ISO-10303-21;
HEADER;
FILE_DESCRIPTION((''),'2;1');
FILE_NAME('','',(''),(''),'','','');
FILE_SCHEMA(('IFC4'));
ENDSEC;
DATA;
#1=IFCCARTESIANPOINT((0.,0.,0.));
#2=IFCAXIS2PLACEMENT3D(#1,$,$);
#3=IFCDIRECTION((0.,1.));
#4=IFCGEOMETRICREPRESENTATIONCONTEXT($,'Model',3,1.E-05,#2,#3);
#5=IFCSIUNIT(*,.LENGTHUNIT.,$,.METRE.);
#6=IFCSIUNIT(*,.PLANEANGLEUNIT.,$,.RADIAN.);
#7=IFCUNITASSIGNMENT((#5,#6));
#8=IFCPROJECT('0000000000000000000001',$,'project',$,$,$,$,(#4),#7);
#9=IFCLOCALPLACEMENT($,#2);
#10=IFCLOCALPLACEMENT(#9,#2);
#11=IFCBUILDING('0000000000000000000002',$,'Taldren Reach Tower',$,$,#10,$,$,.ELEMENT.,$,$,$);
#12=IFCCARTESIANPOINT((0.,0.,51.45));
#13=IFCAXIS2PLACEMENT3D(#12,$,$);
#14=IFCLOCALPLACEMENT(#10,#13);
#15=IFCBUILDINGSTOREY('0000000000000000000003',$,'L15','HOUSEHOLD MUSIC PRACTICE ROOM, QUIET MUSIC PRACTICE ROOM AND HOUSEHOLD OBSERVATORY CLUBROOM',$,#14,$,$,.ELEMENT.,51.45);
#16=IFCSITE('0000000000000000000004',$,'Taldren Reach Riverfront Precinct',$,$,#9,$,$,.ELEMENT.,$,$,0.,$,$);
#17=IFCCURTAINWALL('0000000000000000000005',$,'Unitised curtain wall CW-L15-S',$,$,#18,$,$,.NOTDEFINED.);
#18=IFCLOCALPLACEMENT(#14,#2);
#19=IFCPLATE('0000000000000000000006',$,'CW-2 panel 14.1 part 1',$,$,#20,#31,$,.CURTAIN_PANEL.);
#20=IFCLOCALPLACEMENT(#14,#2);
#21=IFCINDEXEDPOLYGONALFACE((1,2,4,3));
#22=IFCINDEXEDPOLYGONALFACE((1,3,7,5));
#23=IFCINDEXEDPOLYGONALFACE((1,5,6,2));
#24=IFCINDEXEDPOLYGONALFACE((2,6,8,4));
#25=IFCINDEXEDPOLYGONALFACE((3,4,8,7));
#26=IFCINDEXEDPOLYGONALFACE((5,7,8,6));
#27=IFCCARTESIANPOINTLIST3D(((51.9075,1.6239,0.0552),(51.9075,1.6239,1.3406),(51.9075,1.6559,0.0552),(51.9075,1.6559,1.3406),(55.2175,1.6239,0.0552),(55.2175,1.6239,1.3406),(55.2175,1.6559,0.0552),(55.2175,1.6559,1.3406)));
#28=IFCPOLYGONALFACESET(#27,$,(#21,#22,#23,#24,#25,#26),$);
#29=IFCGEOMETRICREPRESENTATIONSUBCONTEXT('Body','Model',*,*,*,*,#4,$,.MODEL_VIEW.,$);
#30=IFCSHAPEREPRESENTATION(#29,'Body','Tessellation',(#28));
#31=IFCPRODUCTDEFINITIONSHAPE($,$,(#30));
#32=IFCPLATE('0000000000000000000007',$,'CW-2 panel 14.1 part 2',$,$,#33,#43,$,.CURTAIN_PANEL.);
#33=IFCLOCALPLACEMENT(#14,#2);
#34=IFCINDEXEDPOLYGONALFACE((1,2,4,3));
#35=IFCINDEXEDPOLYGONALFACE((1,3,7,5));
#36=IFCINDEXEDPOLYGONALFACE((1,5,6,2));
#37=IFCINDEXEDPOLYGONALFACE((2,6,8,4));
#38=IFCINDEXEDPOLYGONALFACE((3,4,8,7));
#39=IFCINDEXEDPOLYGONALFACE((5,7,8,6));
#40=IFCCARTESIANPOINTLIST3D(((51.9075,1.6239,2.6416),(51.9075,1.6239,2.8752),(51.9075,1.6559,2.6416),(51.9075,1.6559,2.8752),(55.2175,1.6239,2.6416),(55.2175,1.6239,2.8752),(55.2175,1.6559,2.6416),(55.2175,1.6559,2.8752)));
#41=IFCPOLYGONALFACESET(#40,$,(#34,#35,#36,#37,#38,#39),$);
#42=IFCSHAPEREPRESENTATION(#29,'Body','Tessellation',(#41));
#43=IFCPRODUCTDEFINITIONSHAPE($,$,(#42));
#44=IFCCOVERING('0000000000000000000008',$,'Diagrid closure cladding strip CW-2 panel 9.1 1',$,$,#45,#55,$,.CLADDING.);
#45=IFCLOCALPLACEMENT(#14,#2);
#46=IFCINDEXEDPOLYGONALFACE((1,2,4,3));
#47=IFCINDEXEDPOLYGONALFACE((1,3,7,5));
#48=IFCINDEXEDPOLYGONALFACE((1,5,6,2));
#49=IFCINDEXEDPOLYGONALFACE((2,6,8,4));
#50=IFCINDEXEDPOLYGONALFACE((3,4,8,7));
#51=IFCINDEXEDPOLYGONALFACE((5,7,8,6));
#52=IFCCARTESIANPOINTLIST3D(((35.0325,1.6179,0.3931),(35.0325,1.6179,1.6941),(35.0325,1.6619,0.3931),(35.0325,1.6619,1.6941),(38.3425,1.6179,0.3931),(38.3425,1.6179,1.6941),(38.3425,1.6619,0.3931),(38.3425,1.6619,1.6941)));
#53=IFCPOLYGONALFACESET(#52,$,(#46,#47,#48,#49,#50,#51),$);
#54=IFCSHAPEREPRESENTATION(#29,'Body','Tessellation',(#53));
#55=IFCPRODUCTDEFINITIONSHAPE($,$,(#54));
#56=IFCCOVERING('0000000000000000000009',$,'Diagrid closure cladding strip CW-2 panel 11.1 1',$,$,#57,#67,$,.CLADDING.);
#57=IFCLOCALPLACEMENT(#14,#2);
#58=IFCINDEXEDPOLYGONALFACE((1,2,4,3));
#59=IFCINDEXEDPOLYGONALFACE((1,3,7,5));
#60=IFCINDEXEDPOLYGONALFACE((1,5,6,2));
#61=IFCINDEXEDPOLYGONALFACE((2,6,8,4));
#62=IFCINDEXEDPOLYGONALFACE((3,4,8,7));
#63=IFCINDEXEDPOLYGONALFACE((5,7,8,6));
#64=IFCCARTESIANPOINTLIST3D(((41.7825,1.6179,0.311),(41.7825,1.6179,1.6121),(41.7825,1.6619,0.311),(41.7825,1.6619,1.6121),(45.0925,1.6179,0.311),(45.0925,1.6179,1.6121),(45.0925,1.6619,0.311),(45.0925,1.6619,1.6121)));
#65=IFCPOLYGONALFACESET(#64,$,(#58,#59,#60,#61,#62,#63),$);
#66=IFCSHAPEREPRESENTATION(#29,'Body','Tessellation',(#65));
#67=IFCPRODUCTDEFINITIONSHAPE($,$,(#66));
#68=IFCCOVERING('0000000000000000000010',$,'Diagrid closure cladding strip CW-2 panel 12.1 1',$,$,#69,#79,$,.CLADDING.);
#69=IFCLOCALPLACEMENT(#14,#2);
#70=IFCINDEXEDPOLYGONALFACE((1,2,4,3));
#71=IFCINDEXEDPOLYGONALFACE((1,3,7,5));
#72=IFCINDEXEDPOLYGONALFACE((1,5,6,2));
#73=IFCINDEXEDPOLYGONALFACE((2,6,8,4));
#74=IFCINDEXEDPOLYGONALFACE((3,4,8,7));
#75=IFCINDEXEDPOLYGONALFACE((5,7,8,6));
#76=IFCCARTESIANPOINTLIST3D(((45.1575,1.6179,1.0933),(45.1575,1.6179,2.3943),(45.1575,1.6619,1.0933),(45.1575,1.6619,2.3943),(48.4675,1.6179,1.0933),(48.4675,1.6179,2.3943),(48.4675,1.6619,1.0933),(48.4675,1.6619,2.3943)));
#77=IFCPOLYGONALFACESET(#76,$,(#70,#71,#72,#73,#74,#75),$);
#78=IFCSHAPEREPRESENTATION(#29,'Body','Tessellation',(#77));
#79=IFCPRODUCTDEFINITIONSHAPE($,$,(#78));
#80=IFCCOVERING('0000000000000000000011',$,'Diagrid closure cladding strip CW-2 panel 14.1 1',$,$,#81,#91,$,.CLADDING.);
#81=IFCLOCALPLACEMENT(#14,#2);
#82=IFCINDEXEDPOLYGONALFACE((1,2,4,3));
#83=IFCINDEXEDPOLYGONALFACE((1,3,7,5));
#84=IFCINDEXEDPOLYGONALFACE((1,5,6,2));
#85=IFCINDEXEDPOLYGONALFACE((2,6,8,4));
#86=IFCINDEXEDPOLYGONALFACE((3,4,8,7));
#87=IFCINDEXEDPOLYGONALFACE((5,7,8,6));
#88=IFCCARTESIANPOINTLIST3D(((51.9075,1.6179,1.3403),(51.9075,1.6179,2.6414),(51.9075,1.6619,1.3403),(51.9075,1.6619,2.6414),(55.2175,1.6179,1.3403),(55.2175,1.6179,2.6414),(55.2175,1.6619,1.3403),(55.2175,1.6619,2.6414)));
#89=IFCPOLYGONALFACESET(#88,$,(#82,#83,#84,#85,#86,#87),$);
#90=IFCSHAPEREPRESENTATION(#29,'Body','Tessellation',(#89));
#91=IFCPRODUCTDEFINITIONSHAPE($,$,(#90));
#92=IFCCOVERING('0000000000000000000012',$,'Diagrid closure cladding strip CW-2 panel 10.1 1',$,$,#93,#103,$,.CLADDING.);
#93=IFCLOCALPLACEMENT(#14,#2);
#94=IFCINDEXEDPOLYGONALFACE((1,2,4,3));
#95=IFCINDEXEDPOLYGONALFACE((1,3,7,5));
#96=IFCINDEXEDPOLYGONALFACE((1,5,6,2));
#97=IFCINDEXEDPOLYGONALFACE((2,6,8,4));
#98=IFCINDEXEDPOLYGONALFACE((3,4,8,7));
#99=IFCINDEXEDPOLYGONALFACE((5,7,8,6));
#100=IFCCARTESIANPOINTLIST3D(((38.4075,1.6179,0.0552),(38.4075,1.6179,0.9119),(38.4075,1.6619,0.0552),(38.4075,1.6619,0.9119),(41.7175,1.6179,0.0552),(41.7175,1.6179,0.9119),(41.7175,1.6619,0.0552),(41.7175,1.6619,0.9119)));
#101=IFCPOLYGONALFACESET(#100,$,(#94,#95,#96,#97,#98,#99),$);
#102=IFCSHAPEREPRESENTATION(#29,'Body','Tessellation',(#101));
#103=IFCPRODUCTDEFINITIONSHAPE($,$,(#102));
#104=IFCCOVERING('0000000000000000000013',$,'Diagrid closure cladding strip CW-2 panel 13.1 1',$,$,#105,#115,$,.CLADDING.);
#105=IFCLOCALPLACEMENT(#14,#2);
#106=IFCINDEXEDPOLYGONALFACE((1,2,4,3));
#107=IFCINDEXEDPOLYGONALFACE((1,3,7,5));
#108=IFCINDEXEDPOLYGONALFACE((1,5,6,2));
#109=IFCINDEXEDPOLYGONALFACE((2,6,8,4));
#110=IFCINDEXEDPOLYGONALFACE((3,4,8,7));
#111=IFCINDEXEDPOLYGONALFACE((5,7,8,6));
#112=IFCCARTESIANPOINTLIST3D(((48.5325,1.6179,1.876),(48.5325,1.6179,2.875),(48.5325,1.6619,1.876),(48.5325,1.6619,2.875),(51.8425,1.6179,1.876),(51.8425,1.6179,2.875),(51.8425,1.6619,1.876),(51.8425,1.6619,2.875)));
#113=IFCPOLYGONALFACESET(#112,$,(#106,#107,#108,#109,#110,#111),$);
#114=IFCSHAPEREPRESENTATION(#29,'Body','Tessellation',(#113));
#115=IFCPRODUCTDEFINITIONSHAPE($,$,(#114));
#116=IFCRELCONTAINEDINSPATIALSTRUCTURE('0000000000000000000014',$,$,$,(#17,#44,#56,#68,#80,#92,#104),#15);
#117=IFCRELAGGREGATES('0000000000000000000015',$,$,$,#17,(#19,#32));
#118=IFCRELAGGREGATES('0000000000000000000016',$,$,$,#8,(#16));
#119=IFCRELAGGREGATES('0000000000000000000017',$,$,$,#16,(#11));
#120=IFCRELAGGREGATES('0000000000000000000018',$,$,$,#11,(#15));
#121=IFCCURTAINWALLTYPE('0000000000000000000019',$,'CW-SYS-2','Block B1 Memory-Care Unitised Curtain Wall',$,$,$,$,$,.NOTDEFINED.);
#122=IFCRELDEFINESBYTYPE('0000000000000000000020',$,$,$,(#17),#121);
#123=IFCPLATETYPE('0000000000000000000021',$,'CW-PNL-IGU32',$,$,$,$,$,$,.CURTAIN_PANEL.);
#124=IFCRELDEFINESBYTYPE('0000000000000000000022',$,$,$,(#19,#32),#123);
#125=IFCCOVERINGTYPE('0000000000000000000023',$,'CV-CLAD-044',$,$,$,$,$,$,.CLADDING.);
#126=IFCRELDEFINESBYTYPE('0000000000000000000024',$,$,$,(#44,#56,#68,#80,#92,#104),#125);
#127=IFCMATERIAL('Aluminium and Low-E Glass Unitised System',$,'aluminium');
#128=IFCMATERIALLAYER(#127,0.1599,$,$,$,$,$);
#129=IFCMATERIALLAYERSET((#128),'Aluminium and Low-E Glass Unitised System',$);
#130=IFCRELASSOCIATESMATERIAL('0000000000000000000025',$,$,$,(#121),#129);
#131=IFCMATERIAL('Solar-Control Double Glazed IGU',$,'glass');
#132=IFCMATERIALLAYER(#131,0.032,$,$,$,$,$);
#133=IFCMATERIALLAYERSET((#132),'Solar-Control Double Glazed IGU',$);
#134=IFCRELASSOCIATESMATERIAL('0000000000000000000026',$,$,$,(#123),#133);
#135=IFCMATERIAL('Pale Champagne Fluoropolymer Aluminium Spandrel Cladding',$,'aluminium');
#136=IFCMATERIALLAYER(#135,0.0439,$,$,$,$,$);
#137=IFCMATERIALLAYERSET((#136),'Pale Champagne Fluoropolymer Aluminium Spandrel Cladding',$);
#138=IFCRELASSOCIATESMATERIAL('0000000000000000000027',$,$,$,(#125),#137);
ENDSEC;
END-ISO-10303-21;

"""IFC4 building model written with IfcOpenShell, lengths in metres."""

from ifc_helpers import new_model, si_unit, direction, frame, origin, origin_2d, place, context, subcontext, project, spatial, rectangle, extrude, source, transform, mapped, material, layer, layer_set, type_object, element, aggregate, save


model = new_model("IFC4")

# Units and contexts
model_context = context("Model", 3, precision=1e-05, world=origin(), true_north=direction((0.0, 1.0)))
body_context = subcontext(model_context, "Body", "Model", "MODEL_VIEW")
ifc_project = project(units=[si_unit("LENGTHUNIT", "METRE"), si_unit("PLANEANGLEUNIT", "RADIAN")], contexts=[model_context])

# Site, building, storey
site_placement = place(None, origin())
site = spatial("IfcSite", under=ifc_project, at=site_placement, Name="Taldren Reach Riverfront Precinct", CompositionType="ELEMENT", RefElevation=0.0)
building_placement = place(site_placement, origin())
building = spatial("IfcBuilding", under=site, at=building_placement, Name="Taldren Reach Tower", CompositionType="ELEMENT")
storey_placement = place(building_placement, frame((0.0, 0.0, 51.45)))
storey = spatial("IfcBuildingStorey", under=building, at=storey_placement, Name="L15", Description="HOUSEHOLD MUSIC PRACTICE ROOM, QUIET MUSIC PRACTICE ROOM AND HOUSEHOLD OBSERVATORY CLUBROOM", CompositionType="ELEMENT", Elevation=51.45)

# Curtain wall
ifc_material_1 = material(Name="Aluminium and Low-E Glass Unitised System", Category="aluminium")
ifc_layer_1 = layer(ifc_material_1, 0.1599)
ifc_layer_set_1 = layer_set([ifc_layer_1], Name="Aluminium and Low-E Glass Unitised System")
curtain_wall_type = type_object("IfcCurtainWallType", Name="CW-SYS-2", Description="Block B1 Memory-Care Unitised Curtain Wall", PredefinedType="NOTDEFINED", material=ifc_layer_set_1)
curtain_wall_placement = place(storey_placement, origin())
curtain_wall = element("IfcCurtainWall", 1, at=curtain_wall_placement, inside=storey, type_object=curtain_wall_type, Name="Unitised curtain wall CW-L15-S", PredefinedType="NOTDEFINED")

# Plates
ifc_material_2 = material(Name="Solar-Control Double Glazed IGU", Category="glass")
ifc_layer_2 = layer(ifc_material_2, 0.032)
ifc_layer_set_2 = layer_set([ifc_layer_2], Name="Solar-Control Double Glazed IGU")
plate_type_1 = type_object("IfcPlateType", Name="CW-PNL-IGU32", PredefinedType="CURTAIN_PANEL", material=ifc_layer_set_2)
shared_shape_1 = source(origin(), body_context, "Body", "SweptSolid", [
    extrude(rectangle(XDim=3.3101, YDim=0.032, at=origin_2d()), origin(), (0.0, 0.0, 1.0), 1.2854),
])
plate_1_placement = place(storey_placement, frame((53.5625, 1.6399, 0.0552), z_axis=(0.0, 0.0, 1.0), x_axis=(1.0, 0.0, 0.0)))
plate_1 = element("IfcPlate", 2, at=plate_1_placement, type_object=plate_type_1, Name="CW-2 panel 14.1 part 1", PredefinedType="CURTAIN_PANEL", context=body_context, shape_type="MappedRepresentation", body=[
    mapped(shared_shape_1, transform((0.0, 0.0, 0.0), scale=1.0)),
])
shared_shape_2 = source(origin(), body_context, "Body", "SweptSolid", [
    extrude(rectangle(XDim=3.3101, YDim=0.032, at=origin_2d()), origin(), (0.0, 0.0, 1.0), 0.2336),
])
plate_2_placement = place(storey_placement, frame((53.5625, 1.6399, 2.6416), z_axis=(0.0, 0.0, 1.0), x_axis=(1.0, 0.0, 0.0)))
plate_2 = element("IfcPlate", 3, at=plate_2_placement, type_object=plate_type_1, Name="CW-2 panel 14.1 part 2", PredefinedType="CURTAIN_PANEL", context=body_context, shape_type="MappedRepresentation", body=[
    mapped(shared_shape_2, transform((0.0, 0.0, 0.0), scale=1.0)),
])
aggregate(curtain_wall, [plate_1, plate_2])

# Coverings
ifc_material_3 = material(Name="Pale Champagne Fluoropolymer Aluminium Spandrel Cladding", Category="aluminium")
ifc_layer_3 = layer(ifc_material_3, 0.0439)
ifc_layer_set_3 = layer_set([ifc_layer_3], Name="Pale Champagne Fluoropolymer Aluminium Spandrel Cladding")
covering_type = type_object("IfcCoveringType", Name="CV-CLAD-044", PredefinedType="CLADDING", material=ifc_layer_set_3)
shared_shape_3 = source(origin(), body_context, "Body", "SweptSolid", [
    extrude(rectangle(XDim=3.3101, YDim=0.0439, at=origin_2d()), origin(), (0.0, 0.0, 1.0), 1.301),
])
for number, where, z_axis, x_axis, name in (
    (4, (36.6875, 1.6399, 0.3931), (0.0, 0.0, 1.0), (1.0, 0.0, 0.0), "Diagrid closure cladding strip CW-2 panel 9.1 1"),
    (5, (43.4375, 1.6399, 0.311), (0.0, 0.0, 1.0), (1.0, 0.0, 0.0), "Diagrid closure cladding strip CW-2 panel 11.1 1"),
    (6, (46.8125, 1.6399, 1.0933), (0.0, 0.0, 1.0), (1.0, 0.0, 0.0), "Diagrid closure cladding strip CW-2 panel 12.1 1"),
    (7, (53.5625, 1.6399, 1.3403), (0.0, 0.0, 1.0), (1.0, 0.0, 0.0), "Diagrid closure cladding strip CW-2 panel 14.1 1"),
):
    element("IfcCovering", number, at=place(storey_placement, frame(where, z_axis=z_axis, x_axis=x_axis)), inside=storey, type_object=covering_type, Name=name, PredefinedType="CLADDING", context=body_context, shape_type="MappedRepresentation", body=[
        mapped(shared_shape_3, transform((0.0, 0.0, 0.0), scale=1.0)),
    ])
shared_shape_4 = source(origin(), body_context, "Body", "SweptSolid", [
    extrude(rectangle(XDim=3.3101, YDim=0.0439, at=origin_2d()), origin(), (0.0, 0.0, 1.0), 0.8567),
])
covering_1_placement = place(storey_placement, frame((40.0625, 1.6399, 0.0552), z_axis=(0.0, 0.0, 1.0), x_axis=(1.0, 0.0, 0.0)))
element("IfcCovering", 8, at=covering_1_placement, inside=storey, type_object=covering_type, Name="Diagrid closure cladding strip CW-2 panel 10.1 1", PredefinedType="CLADDING", context=body_context, shape_type="MappedRepresentation", body=[
    mapped(shared_shape_4, transform((0.0, 0.0, 0.0), scale=1.0)),
])
shared_shape_5 = source(origin(), body_context, "Body", "SweptSolid", [
    extrude(rectangle(XDim=3.3101, YDim=0.0439, at=origin_2d()), origin(), (0.0, 0.0, 1.0), 0.999),
])
covering_2_placement = place(storey_placement, frame((50.1875, 1.6399, 1.876), z_axis=(0.0, 0.0, 1.0), x_axis=(1.0, 0.0, 0.0)))
element("IfcCovering", 9, at=covering_2_placement, inside=storey, type_object=covering_type, Name="Diagrid closure cladding strip CW-2 panel 13.1 1", PredefinedType="CLADDING", context=body_context, shape_type="MappedRepresentation", body=[
    mapped(shared_shape_5, transform((0.0, 0.0, 0.0), scale=1.0)),
])

save(model, "model.ifc")
